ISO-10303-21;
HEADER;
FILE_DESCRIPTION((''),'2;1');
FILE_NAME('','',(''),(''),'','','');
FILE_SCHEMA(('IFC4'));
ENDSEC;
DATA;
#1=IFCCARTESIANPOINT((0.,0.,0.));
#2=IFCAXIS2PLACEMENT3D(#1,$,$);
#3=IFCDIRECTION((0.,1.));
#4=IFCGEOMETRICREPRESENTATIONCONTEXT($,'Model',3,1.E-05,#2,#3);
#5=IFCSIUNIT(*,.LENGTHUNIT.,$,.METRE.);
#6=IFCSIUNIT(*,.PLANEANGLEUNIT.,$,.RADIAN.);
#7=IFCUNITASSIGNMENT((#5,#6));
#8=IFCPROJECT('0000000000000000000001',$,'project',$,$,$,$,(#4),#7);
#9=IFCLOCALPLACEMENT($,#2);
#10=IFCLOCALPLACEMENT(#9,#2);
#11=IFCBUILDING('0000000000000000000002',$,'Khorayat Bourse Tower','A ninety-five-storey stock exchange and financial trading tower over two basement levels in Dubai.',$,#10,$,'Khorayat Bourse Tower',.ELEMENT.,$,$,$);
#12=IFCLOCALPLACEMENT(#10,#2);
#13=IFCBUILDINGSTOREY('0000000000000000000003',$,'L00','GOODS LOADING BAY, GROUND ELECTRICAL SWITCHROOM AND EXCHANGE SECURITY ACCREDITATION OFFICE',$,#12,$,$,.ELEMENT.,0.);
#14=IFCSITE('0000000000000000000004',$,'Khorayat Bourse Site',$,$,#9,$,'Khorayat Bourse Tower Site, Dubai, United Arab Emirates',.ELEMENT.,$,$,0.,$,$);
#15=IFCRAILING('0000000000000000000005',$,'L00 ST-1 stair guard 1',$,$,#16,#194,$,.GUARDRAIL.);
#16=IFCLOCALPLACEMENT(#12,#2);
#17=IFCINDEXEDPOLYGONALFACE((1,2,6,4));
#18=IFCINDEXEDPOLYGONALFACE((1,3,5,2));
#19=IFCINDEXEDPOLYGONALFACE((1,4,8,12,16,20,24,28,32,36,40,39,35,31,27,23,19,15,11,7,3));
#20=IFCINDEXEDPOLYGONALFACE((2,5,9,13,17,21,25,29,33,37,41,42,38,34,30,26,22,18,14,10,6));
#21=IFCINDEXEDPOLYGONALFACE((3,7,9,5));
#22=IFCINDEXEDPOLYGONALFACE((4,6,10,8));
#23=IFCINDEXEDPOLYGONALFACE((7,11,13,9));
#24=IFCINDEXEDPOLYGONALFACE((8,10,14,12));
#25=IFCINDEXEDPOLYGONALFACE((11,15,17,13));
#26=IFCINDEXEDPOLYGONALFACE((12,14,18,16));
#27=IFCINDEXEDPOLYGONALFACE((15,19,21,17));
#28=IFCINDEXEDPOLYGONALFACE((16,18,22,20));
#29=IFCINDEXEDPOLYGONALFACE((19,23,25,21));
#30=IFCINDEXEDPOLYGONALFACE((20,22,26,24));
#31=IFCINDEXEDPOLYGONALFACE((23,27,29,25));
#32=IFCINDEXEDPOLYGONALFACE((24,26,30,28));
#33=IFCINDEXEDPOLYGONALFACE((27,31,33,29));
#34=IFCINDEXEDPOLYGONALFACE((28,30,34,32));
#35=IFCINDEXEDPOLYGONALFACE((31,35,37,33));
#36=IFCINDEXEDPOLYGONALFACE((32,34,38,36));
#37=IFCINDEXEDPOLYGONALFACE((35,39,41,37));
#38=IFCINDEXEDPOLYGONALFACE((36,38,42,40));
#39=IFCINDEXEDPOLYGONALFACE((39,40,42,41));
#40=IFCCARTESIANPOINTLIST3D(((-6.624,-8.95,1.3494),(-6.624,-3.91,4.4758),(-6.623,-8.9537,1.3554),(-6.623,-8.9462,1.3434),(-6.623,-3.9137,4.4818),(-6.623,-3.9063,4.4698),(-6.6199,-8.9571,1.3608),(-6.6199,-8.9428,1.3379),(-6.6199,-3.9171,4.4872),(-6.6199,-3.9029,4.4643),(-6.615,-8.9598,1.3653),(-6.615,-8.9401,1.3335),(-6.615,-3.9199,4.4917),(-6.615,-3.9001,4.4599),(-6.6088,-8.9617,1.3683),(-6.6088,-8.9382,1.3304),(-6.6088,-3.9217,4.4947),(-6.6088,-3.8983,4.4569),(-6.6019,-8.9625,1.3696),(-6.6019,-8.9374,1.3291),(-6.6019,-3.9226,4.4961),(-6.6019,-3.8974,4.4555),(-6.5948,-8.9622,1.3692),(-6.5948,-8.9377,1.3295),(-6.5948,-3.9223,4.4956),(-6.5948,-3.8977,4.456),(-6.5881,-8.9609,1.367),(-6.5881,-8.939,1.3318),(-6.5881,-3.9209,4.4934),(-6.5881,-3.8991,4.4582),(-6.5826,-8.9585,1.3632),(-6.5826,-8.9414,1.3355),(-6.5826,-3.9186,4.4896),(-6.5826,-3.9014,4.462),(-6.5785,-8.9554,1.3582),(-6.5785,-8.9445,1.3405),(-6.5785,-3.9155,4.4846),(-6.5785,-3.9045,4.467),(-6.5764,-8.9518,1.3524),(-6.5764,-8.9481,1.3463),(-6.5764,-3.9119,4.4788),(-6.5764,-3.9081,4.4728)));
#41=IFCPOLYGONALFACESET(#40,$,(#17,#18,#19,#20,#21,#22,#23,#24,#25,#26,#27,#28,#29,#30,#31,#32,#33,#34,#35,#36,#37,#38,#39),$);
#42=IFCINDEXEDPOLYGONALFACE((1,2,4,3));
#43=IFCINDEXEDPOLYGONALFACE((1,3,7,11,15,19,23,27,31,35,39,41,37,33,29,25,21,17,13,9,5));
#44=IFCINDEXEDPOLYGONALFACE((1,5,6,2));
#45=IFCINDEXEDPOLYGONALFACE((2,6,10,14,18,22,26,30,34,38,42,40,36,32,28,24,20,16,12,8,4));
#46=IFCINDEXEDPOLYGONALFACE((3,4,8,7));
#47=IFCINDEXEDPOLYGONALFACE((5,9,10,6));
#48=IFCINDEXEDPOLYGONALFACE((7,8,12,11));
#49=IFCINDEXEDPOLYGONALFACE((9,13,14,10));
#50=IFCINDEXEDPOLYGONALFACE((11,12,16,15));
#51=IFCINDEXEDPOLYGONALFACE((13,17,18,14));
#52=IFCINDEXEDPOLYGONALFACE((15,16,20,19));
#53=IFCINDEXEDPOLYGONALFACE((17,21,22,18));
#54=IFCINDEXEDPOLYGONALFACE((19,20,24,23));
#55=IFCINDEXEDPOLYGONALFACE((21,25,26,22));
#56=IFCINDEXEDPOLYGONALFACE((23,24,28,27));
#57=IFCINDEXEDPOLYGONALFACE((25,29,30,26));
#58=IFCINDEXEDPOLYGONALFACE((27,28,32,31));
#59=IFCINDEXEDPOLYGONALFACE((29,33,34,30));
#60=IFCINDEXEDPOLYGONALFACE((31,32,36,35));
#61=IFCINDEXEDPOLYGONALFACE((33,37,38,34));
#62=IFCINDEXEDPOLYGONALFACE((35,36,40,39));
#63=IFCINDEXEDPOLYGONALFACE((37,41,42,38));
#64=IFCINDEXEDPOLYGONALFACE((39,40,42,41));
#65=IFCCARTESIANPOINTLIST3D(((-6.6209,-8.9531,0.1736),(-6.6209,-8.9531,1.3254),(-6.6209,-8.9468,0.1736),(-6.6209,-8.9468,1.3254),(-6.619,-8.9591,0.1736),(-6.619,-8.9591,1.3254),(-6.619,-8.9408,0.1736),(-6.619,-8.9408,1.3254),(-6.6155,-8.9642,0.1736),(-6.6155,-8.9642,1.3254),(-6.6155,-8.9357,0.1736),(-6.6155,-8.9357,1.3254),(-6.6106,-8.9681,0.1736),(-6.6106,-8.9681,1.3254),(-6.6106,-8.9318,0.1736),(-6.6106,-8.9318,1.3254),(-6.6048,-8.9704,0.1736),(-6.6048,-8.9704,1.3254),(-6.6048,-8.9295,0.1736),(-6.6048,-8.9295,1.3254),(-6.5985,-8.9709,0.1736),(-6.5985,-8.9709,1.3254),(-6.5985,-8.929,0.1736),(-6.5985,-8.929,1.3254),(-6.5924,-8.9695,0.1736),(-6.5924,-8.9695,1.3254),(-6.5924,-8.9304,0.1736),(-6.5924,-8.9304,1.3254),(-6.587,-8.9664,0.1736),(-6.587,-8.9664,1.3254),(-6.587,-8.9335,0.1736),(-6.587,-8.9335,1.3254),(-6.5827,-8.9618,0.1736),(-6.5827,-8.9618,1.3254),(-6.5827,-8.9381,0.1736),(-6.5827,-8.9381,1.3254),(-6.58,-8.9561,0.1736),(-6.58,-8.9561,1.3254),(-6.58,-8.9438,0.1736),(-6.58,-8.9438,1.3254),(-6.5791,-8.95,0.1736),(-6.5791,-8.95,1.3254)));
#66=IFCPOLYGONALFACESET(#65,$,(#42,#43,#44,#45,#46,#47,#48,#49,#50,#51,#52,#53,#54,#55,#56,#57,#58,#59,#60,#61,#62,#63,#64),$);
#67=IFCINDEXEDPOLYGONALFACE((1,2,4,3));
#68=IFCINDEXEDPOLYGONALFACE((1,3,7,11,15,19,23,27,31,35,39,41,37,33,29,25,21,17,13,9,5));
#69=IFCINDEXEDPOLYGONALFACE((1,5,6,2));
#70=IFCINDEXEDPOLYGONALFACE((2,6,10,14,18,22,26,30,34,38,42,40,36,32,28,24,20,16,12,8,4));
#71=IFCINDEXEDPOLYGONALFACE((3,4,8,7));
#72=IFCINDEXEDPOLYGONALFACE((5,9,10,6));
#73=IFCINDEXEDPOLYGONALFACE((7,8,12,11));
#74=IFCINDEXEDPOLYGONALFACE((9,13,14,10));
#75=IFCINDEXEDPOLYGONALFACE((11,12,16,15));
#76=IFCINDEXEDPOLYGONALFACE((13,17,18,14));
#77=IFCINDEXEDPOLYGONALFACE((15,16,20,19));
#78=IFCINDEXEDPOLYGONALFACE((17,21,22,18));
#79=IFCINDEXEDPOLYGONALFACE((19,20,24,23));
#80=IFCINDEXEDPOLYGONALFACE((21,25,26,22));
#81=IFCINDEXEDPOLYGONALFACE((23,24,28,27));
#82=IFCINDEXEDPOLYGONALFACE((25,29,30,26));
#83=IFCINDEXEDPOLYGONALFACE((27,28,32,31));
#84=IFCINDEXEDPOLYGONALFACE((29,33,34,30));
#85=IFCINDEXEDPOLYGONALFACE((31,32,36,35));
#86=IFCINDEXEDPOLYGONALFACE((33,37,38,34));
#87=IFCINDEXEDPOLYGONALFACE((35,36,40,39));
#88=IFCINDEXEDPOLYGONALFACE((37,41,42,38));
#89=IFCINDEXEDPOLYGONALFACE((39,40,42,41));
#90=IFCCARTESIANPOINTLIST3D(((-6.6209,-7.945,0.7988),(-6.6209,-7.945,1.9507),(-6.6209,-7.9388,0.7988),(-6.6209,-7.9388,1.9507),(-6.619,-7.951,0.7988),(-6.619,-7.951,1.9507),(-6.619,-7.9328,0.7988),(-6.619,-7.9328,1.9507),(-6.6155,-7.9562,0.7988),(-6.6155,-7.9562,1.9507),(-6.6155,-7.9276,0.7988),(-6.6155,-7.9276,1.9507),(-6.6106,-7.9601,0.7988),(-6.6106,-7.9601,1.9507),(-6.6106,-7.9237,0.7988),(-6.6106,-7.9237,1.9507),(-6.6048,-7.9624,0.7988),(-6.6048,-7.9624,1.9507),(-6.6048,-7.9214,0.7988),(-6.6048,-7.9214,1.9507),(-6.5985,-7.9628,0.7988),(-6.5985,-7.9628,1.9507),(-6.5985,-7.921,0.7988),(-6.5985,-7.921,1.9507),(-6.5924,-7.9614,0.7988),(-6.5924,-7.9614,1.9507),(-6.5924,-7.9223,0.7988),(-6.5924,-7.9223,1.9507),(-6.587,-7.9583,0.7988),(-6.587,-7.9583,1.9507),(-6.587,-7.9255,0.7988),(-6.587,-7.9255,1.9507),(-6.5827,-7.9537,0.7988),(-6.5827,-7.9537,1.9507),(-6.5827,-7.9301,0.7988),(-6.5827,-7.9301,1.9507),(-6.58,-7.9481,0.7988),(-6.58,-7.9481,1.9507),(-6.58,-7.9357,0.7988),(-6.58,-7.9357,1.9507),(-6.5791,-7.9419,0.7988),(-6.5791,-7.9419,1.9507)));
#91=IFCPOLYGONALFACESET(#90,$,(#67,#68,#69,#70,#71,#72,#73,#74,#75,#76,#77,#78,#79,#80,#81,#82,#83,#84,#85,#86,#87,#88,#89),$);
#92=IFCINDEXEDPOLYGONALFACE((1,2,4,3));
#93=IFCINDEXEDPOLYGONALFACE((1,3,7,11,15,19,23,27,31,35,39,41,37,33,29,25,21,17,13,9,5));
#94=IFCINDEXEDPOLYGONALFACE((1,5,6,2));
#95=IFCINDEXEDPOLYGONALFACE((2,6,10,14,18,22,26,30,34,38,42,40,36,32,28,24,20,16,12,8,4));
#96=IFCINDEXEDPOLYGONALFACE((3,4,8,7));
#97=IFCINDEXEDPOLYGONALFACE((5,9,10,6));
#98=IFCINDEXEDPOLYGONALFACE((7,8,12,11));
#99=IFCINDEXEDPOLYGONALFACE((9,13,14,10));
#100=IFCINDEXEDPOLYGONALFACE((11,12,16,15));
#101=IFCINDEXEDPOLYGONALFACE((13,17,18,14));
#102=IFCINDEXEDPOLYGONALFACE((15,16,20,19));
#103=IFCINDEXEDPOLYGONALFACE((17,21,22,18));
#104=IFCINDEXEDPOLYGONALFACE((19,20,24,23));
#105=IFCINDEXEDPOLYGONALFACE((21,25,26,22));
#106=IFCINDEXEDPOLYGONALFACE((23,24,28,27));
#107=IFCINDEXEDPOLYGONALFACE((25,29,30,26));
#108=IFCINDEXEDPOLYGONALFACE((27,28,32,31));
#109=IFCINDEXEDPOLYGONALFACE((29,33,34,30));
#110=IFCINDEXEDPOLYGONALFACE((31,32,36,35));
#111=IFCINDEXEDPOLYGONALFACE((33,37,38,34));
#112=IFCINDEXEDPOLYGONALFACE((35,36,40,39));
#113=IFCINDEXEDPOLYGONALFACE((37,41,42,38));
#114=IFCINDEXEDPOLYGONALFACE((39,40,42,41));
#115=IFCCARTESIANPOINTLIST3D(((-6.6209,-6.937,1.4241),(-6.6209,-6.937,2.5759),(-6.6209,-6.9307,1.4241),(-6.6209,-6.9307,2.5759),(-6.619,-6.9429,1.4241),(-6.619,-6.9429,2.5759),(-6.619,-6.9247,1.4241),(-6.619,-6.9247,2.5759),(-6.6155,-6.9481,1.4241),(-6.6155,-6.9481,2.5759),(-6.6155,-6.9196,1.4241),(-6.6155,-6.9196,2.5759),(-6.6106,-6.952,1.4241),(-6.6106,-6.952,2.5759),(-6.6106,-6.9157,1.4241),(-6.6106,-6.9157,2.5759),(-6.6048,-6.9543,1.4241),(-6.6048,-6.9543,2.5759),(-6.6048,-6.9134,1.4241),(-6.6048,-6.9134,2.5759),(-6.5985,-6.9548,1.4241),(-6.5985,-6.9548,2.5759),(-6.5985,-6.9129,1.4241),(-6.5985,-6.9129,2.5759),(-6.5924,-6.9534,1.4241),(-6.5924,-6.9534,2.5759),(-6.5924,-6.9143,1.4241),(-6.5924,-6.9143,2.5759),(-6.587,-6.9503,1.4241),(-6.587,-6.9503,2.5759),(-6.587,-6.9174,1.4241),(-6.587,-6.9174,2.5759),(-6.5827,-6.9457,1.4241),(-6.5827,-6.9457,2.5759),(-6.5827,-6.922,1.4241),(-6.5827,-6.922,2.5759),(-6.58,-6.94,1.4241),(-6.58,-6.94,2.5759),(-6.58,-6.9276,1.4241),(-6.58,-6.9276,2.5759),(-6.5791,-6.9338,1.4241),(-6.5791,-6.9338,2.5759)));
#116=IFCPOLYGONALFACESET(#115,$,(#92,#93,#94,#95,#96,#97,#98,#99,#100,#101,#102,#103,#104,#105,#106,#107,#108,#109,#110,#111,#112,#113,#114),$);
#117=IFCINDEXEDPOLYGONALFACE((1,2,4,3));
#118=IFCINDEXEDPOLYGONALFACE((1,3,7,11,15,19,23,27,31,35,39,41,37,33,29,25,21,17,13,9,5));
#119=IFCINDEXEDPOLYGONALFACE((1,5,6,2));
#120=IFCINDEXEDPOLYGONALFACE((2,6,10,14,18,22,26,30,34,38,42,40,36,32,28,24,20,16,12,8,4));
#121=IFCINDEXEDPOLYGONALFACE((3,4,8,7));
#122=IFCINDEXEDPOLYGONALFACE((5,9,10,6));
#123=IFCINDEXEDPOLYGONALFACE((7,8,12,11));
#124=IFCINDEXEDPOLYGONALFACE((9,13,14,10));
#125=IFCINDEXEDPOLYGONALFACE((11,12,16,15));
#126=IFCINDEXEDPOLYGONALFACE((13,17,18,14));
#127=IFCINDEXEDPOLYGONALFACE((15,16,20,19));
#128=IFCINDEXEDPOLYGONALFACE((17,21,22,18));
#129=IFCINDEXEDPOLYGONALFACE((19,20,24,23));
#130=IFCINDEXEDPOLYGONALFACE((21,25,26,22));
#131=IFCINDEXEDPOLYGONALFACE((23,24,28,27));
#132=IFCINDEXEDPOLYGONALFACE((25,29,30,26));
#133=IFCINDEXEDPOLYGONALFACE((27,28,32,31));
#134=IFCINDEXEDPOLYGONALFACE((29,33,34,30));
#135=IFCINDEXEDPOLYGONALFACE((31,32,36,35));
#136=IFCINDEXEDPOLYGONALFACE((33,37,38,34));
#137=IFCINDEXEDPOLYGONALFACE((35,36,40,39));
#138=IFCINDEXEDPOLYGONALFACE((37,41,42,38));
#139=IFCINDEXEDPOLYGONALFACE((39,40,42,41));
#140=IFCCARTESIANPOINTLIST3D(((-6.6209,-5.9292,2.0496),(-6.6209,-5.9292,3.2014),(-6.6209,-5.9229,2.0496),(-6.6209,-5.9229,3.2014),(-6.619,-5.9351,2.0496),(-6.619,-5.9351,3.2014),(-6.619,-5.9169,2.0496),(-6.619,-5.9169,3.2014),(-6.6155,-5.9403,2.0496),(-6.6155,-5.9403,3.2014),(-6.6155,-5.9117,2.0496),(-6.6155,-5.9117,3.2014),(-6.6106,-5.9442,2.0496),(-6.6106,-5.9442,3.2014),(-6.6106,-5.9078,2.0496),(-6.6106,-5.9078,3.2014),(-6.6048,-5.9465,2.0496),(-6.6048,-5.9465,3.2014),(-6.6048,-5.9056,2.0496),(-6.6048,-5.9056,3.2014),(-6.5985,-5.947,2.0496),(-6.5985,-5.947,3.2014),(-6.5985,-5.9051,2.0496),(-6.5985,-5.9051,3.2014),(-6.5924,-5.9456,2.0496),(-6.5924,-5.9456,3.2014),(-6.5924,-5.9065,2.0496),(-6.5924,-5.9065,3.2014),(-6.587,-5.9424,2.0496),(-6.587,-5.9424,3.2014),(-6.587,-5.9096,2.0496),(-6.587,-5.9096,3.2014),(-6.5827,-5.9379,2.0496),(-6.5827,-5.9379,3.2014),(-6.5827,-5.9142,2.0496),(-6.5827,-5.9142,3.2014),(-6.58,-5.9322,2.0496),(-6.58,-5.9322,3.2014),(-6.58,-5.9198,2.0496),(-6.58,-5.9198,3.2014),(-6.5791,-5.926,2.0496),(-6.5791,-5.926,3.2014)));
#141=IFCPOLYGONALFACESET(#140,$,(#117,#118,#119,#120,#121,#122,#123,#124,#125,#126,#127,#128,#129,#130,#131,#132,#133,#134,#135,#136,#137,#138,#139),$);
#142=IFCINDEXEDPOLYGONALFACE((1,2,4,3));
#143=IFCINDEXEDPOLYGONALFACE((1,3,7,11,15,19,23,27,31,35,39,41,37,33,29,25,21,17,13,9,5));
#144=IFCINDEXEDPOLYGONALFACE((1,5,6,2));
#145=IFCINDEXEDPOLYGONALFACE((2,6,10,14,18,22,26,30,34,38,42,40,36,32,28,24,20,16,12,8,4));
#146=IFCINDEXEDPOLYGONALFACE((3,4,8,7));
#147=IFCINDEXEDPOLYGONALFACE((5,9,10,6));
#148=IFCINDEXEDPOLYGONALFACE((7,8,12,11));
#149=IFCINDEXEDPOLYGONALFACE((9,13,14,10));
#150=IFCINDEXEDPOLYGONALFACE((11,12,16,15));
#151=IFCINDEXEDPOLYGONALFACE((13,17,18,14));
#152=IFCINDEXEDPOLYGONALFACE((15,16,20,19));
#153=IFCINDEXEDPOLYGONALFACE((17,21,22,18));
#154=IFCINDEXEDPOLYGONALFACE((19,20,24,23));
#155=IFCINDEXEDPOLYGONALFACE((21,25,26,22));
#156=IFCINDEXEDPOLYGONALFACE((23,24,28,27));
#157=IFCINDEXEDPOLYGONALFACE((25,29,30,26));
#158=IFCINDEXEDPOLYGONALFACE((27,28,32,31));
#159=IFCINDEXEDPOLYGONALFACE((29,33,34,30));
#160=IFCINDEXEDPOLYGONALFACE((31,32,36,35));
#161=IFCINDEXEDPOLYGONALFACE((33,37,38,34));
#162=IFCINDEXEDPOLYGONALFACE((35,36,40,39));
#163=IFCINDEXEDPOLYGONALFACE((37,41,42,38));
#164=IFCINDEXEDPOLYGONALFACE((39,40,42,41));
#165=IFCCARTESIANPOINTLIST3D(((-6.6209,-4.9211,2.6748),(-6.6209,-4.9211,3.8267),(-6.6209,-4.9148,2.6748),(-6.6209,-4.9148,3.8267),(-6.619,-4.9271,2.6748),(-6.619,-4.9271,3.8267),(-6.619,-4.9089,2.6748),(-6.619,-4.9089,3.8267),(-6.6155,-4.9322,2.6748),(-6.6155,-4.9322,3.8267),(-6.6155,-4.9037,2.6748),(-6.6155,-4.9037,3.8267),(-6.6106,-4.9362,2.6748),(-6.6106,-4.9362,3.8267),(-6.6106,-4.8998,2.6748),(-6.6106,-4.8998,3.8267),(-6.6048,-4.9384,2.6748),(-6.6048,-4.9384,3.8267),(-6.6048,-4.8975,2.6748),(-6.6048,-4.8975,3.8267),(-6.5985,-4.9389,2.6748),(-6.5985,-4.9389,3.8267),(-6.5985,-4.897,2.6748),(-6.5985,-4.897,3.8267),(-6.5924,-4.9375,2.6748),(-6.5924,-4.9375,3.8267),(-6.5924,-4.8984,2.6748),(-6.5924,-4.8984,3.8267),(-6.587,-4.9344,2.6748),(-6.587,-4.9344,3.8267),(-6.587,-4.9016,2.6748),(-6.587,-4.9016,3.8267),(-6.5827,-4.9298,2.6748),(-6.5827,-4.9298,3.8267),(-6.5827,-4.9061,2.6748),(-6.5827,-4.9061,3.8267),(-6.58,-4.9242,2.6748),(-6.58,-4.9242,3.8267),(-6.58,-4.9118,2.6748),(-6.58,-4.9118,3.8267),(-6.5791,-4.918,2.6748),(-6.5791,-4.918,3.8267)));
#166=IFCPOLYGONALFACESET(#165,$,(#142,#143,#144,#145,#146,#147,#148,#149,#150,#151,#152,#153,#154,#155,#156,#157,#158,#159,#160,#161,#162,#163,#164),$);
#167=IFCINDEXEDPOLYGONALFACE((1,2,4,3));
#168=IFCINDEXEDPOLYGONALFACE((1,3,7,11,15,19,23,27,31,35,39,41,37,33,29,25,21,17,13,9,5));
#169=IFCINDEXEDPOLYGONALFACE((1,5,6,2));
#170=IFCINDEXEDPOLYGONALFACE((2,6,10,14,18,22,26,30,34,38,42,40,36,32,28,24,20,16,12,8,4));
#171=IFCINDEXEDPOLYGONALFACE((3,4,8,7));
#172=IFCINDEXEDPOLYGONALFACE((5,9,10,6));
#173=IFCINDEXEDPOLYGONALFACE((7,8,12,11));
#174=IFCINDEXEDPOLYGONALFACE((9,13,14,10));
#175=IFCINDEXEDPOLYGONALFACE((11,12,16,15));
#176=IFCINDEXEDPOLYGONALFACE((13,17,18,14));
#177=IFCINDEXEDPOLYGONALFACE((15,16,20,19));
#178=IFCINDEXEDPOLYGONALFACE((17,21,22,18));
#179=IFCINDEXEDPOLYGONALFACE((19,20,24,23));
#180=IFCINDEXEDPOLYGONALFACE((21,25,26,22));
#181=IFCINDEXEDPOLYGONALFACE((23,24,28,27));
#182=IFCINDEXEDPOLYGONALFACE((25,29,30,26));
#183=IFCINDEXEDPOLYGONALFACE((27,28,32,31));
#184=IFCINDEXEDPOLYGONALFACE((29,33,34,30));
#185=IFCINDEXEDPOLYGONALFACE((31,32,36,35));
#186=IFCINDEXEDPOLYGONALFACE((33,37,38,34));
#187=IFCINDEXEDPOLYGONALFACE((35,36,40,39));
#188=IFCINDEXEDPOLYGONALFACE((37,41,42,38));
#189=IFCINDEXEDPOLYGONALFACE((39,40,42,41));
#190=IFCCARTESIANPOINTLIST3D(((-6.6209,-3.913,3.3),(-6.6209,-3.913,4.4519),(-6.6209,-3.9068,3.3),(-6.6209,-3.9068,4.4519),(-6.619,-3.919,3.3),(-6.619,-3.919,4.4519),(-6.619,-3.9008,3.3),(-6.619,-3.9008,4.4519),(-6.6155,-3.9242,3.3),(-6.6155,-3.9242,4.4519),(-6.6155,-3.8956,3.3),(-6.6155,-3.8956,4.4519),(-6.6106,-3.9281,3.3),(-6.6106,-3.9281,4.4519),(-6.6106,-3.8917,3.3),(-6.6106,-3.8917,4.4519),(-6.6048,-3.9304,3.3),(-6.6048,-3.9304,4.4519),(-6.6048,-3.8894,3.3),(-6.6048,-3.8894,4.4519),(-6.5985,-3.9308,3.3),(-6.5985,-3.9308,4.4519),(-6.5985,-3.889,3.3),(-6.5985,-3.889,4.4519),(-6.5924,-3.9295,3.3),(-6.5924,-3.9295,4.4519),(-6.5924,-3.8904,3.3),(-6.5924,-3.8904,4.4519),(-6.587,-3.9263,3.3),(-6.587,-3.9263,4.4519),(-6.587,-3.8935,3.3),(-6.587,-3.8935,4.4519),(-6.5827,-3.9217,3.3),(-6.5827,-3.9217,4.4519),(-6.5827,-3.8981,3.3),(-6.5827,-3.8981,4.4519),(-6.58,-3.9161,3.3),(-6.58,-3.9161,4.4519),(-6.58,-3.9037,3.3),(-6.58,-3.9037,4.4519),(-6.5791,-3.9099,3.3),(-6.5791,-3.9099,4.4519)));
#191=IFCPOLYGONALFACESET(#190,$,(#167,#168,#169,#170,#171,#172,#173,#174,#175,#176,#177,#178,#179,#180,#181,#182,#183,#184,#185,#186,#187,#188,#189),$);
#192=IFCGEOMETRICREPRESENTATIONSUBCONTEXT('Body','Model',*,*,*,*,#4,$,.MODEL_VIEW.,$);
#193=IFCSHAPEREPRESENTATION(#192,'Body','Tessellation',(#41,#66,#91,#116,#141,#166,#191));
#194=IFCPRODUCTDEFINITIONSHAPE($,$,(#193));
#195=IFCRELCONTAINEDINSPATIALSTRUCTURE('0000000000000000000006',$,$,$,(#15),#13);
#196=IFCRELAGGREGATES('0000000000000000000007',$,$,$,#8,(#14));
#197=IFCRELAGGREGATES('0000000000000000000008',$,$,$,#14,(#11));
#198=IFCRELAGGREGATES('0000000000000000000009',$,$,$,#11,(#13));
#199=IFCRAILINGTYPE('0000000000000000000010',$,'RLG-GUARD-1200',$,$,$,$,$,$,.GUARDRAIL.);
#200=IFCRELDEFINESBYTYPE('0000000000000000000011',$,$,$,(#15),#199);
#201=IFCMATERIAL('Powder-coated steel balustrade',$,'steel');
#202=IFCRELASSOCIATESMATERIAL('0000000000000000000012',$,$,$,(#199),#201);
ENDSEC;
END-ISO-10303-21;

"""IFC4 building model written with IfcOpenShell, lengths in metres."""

from ifc_helpers import new_model, si_unit, direction, frame, origin, origin_2d, place, context, subcontext, project, spatial, circle, extrude, source, transform, mapped, material, type_object, element, save


model = new_model("IFC4")

# Units and contexts
model_context = context("Model", 3, precision=1e-05, world=origin(), true_north=direction((0.0, 1.0)))
body_context = subcontext(model_context, "Body", "Model", "MODEL_VIEW")
ifc_project = project(units=[si_unit("LENGTHUNIT", "METRE"), si_unit("PLANEANGLEUNIT", "RADIAN")], contexts=[model_context])

# Site, building, storey
site_placement = place(None, origin())
site = spatial("IfcSite", under=ifc_project, at=site_placement, Name="Khorayat Bourse Site", LongName="Khorayat Bourse Tower Site, Dubai, United Arab Emirates", CompositionType="ELEMENT", RefElevation=0.0)
building_placement = place(site_placement, origin())
building = spatial("IfcBuilding", under=site, at=building_placement, Name="Khorayat Bourse Tower", Description="A ninety-five-storey stock exchange and financial trading tower over two basement levels in Dubai.", LongName="Khorayat Bourse Tower", CompositionType="ELEMENT")
storey_placement = place(building_placement, origin())
storey = spatial("IfcBuildingStorey", under=building, at=storey_placement, Name="L00", Description="GOODS LOADING BAY, GROUND ELECTRICAL SWITCHROOM AND EXCHANGE SECURITY ACCREDITATION OFFICE", CompositionType="ELEMENT", Elevation=0.0)

# Railing
ifc_material_1 = material(Name="Powder-coated steel balustrade", Category="steel")
railing_type_1 = type_object("IfcRailingType", Name="RLG-GUARD-1200", PredefinedType="GUARDRAIL", material=ifc_material_1)
shared_shape_1 = source(origin(), body_context, "Body", "SweptSolid", [
    extrude(circle(Radius=0.0239, at=origin_2d()), frame((0.0, 0.0, 1.1758), z_axis=(0.0, 0.849779, 0.527139), x_axis=(-1.0, 0.0, 0.0)), (0.0, 0.0, 1.0), 5.9309),
    extrude(circle(Radius=0.021, at=origin_2d()), origin(), (0.0, 0.0, 1.0), 1.1519),
    extrude(circle(Radius=0.021, at=origin_2d()), frame((0.0, 1.0081, 0.6252)), (0.0, 0.0, 1.0), 1.1519),
    extrude(circle(Radius=0.021, at=origin_2d()), frame((0.0, 2.0161, 1.2505)), (0.0, 0.0, 1.0), 1.1519),
    extrude(circle(Radius=0.021, at=origin_2d()), frame((0.0, 3.0239, 1.876)), (0.0, 0.0, 1.0), 1.1519),
    extrude(circle(Radius=0.021, at=origin_2d()), frame((0.0, 4.032, 2.5012)), (0.0, 0.0, 1.0), 1.1519),
    extrude(circle(Radius=0.021, at=origin_2d()), frame((0.0, 5.04, 3.1265)), (0.0, 0.0, 1.0), 1.1519),
])
railing_1_placement = place(storey_placement, frame((-6.6001, -8.95, 0.1736)))
element("IfcRailing", 1, at=railing_1_placement, inside=storey, type_object=railing_type_1, Name="L00 ST-1 stair guard 1", PredefinedType="GUARDRAIL", context=body_context, shape_type="MappedRepresentation", body=[
    mapped(shared_shape_1, transform((0.0, 0.0, 0.0), scale=1.0)),
])

save(model, "model.ifc")
